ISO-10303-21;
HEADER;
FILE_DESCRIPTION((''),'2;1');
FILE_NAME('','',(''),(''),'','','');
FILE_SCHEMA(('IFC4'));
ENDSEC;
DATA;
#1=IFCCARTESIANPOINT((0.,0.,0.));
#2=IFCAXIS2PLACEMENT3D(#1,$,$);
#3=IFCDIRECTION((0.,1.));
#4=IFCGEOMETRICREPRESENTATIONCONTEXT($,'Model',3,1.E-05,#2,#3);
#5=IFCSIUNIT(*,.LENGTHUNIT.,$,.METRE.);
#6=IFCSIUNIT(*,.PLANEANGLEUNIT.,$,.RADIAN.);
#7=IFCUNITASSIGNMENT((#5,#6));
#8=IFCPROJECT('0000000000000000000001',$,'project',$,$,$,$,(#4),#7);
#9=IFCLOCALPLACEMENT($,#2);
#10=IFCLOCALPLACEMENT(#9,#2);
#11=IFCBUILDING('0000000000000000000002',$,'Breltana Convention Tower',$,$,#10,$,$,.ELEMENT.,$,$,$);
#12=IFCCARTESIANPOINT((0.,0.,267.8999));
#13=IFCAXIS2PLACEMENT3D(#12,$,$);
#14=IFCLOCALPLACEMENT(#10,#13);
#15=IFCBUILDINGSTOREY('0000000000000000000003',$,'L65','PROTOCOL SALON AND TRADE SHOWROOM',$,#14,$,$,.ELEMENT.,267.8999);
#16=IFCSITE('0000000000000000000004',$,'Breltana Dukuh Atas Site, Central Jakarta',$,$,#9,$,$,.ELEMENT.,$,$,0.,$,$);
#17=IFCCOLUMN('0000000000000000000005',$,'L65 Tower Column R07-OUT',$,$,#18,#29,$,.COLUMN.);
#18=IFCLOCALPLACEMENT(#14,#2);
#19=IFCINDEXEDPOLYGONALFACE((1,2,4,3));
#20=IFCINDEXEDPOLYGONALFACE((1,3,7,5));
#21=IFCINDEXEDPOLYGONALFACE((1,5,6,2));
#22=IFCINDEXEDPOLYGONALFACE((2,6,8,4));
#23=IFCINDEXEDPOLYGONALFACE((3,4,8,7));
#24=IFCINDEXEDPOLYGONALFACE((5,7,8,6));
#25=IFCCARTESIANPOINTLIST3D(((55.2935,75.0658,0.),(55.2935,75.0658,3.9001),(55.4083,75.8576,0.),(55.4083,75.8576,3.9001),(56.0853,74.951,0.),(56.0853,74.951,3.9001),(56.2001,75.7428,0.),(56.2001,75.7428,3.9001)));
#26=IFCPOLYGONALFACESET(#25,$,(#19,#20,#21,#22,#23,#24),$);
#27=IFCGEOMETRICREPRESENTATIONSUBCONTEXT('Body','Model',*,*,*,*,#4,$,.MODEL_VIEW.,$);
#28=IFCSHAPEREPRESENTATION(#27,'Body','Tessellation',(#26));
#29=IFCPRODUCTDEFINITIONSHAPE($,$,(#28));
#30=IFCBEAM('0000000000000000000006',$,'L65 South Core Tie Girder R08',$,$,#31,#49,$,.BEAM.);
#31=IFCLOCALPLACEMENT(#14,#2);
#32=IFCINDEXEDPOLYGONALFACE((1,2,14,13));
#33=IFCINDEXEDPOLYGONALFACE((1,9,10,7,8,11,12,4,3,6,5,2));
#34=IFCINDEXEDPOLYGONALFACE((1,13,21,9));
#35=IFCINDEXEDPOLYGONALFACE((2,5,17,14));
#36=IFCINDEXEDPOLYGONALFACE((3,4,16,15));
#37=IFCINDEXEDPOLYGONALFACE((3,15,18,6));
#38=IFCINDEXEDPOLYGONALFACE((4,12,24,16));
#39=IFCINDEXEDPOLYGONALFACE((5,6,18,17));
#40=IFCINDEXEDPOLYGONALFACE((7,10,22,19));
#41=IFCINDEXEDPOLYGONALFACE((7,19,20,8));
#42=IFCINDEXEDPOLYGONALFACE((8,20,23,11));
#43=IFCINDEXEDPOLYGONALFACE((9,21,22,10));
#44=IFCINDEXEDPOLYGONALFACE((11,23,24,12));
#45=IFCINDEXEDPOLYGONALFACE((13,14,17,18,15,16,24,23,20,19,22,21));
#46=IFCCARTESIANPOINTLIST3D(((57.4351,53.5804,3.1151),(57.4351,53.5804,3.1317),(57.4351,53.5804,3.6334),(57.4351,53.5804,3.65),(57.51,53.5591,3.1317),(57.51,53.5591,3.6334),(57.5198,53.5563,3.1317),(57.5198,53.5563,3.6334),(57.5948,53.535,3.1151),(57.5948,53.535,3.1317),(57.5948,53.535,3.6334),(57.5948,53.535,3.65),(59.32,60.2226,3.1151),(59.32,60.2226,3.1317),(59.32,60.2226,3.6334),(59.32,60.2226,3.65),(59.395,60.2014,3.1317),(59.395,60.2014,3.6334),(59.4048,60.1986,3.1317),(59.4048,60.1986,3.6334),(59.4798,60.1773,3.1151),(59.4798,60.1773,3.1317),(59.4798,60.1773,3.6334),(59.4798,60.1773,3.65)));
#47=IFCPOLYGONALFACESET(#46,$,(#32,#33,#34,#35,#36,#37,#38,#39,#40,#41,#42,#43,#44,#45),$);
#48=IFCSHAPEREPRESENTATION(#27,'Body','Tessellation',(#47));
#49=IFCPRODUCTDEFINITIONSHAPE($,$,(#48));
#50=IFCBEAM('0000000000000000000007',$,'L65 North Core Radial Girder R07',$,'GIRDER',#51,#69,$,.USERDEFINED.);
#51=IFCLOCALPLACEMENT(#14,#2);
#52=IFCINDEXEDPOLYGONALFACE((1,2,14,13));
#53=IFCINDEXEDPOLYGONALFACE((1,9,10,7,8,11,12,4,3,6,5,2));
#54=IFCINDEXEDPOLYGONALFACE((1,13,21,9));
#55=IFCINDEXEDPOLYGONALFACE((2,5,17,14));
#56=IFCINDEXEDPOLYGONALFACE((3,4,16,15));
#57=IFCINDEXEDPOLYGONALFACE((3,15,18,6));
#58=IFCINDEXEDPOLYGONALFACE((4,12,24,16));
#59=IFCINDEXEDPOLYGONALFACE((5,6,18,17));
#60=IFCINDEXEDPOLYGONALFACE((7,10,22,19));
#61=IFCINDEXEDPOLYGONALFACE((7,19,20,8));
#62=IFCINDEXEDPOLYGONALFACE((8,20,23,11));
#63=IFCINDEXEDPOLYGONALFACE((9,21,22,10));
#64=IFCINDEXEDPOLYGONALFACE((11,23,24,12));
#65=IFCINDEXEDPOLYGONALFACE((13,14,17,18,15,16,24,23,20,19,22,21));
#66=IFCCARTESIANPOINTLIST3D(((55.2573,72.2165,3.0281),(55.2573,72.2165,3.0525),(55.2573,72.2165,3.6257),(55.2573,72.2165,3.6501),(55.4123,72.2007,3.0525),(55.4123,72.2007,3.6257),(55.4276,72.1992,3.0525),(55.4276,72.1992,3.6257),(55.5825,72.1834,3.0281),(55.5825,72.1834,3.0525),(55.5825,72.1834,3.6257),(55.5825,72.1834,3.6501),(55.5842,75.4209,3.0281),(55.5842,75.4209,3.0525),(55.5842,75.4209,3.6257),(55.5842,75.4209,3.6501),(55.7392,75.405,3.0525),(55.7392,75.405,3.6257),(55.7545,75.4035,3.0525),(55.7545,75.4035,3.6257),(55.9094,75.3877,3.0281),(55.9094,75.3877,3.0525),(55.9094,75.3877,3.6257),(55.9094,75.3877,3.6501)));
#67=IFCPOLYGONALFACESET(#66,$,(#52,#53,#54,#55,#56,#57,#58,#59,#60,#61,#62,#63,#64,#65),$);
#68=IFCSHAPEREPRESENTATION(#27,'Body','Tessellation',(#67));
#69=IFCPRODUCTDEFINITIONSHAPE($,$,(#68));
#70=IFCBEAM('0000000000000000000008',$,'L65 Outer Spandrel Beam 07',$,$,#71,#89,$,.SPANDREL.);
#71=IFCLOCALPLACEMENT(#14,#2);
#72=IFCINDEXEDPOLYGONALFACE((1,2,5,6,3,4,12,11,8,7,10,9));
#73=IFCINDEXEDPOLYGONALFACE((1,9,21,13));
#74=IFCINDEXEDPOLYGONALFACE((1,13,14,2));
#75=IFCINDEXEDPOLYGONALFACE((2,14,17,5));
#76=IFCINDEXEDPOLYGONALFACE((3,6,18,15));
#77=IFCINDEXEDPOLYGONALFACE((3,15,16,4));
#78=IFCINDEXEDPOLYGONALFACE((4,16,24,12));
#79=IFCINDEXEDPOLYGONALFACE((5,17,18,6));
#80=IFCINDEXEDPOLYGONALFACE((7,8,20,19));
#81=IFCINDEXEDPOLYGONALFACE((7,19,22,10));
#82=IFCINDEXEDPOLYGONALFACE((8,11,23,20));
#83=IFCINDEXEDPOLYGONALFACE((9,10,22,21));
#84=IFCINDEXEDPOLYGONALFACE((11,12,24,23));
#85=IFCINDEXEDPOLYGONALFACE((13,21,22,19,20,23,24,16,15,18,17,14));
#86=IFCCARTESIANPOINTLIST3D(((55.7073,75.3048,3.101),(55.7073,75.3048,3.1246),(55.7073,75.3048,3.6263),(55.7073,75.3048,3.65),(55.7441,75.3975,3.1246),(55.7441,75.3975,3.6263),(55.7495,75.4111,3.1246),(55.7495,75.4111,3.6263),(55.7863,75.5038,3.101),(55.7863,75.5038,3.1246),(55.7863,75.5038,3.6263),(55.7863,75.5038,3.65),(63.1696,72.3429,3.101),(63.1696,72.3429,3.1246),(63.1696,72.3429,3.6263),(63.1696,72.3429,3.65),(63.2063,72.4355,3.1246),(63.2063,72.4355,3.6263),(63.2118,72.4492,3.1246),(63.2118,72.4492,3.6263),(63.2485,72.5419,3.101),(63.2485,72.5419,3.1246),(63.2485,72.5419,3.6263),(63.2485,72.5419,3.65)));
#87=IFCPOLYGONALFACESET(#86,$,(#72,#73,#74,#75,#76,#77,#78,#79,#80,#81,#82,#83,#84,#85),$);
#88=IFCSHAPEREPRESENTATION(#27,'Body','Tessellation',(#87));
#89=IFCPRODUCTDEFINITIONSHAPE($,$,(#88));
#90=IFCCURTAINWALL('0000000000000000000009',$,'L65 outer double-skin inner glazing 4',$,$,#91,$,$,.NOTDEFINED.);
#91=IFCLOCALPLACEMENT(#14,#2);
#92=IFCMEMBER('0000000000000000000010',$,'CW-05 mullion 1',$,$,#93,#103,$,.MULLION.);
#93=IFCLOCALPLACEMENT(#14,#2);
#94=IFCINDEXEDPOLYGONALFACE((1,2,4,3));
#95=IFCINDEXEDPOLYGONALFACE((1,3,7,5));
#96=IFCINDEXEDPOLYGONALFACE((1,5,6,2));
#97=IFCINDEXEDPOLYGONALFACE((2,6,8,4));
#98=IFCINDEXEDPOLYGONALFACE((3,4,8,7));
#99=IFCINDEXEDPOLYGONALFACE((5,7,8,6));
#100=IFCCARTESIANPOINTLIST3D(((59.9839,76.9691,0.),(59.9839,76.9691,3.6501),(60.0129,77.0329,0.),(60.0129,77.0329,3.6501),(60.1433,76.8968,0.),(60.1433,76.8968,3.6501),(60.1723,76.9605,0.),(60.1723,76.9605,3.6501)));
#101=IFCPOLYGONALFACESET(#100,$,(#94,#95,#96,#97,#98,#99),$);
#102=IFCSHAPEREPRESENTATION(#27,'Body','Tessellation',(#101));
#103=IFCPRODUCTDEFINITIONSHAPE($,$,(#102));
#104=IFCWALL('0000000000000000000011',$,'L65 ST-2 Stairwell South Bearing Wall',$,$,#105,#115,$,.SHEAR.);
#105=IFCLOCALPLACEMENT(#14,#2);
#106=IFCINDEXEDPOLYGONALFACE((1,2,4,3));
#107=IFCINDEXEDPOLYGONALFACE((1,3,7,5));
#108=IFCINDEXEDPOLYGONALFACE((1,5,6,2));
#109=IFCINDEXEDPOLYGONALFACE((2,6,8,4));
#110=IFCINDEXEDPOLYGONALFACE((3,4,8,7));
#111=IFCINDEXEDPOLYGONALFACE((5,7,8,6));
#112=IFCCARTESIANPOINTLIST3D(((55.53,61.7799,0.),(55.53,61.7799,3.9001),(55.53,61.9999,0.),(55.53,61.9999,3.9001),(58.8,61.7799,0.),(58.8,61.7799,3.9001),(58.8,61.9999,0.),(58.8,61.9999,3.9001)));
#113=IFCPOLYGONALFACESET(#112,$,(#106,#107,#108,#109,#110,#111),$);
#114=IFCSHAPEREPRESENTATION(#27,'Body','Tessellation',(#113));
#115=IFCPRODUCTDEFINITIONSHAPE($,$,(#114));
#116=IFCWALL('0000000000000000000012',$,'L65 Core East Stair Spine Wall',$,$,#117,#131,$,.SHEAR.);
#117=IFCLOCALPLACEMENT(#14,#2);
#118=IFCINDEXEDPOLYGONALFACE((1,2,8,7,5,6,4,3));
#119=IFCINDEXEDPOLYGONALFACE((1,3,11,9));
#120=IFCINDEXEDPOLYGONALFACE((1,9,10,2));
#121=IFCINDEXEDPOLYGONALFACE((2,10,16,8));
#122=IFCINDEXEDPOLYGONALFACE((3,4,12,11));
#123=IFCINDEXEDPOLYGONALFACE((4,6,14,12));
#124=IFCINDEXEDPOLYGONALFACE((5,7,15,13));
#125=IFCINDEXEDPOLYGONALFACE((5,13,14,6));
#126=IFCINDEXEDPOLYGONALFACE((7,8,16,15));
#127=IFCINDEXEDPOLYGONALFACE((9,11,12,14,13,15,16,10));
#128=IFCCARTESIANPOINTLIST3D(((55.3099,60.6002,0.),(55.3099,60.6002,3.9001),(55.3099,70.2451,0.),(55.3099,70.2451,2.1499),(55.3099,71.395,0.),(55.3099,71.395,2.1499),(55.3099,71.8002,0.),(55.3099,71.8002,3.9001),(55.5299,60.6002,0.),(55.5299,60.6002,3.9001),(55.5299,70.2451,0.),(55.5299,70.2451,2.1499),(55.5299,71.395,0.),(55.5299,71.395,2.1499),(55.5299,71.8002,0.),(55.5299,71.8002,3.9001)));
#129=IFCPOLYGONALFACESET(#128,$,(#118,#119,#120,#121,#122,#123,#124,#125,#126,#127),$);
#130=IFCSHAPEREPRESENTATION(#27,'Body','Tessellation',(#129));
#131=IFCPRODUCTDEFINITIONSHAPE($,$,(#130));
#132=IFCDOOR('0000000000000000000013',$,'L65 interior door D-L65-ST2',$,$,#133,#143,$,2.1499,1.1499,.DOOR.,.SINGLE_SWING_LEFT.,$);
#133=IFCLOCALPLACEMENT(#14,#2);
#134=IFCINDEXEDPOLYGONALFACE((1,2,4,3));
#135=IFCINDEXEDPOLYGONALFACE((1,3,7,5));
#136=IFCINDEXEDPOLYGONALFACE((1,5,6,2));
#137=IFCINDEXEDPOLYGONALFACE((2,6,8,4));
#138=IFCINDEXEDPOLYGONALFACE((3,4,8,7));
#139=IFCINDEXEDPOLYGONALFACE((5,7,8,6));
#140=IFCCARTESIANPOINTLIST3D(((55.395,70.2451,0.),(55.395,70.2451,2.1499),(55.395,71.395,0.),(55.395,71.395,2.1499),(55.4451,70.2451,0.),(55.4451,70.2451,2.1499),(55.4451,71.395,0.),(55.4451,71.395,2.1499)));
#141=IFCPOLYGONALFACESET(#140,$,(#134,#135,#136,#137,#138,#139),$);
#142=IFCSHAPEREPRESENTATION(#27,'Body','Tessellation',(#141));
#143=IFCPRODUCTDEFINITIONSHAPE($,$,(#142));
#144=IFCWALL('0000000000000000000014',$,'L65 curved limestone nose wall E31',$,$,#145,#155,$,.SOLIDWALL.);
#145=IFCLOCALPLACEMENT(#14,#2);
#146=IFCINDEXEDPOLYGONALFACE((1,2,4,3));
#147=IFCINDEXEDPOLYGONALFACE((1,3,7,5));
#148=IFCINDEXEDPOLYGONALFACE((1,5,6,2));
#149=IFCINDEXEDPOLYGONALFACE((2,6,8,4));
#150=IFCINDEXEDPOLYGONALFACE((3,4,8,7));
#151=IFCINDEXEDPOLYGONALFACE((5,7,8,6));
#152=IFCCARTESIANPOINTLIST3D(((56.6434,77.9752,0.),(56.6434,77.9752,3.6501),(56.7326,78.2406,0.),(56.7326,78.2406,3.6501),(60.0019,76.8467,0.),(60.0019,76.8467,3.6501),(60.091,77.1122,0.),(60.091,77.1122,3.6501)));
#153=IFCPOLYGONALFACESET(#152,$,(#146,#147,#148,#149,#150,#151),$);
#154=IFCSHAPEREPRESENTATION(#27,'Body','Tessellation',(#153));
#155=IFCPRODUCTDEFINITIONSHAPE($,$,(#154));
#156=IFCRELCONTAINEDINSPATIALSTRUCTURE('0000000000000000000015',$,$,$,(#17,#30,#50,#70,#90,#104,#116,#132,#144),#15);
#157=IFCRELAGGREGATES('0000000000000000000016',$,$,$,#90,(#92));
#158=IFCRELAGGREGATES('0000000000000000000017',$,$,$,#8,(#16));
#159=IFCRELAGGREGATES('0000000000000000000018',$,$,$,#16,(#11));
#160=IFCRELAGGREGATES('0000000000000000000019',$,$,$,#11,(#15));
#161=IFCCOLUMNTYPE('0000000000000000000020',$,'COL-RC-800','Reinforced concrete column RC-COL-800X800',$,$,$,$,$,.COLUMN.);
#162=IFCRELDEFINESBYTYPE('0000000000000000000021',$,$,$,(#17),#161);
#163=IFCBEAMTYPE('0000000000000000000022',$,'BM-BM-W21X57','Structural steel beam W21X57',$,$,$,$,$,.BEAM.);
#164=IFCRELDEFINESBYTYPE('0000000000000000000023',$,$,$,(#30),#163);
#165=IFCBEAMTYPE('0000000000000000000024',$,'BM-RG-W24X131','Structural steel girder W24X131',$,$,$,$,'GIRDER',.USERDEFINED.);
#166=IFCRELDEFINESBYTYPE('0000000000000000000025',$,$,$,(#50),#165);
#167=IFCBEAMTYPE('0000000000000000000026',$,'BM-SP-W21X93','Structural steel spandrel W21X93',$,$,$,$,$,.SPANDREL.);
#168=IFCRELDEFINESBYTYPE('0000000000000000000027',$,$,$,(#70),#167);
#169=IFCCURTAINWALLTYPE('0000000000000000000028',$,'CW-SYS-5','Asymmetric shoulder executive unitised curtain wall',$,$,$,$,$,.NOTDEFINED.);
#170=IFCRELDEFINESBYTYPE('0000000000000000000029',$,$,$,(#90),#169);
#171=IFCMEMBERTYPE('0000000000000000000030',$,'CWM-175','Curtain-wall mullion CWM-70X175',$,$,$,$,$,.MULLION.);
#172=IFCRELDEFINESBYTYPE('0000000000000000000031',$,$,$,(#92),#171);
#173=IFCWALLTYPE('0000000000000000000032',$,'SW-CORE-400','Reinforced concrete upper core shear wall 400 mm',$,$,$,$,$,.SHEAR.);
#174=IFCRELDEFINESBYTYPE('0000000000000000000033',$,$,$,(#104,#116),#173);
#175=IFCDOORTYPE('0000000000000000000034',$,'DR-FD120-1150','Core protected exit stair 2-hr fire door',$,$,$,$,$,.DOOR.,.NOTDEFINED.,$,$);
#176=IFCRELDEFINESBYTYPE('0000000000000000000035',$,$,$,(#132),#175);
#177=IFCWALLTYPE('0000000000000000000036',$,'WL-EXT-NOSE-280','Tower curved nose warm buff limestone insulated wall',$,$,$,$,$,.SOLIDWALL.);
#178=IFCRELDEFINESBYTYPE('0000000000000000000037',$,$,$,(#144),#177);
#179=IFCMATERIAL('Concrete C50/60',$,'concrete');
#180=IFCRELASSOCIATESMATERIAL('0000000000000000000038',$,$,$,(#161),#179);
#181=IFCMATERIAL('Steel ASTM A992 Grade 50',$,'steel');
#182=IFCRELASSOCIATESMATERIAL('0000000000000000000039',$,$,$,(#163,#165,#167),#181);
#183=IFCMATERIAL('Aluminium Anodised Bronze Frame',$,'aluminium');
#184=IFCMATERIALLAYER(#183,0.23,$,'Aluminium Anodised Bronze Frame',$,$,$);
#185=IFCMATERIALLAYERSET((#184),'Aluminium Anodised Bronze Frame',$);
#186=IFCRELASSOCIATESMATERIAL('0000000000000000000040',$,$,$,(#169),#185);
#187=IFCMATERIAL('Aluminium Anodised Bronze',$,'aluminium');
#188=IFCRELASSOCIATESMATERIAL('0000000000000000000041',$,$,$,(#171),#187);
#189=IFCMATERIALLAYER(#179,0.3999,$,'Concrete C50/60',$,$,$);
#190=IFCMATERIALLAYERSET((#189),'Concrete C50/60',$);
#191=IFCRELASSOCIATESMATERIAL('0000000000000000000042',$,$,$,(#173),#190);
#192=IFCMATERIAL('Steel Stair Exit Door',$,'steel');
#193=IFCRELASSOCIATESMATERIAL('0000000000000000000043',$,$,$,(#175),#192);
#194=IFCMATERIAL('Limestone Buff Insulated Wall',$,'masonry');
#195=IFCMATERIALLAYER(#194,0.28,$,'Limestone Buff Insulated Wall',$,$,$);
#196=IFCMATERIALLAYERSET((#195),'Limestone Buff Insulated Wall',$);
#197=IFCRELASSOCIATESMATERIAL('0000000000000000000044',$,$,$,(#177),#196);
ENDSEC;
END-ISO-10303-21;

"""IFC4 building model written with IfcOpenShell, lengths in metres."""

from ifc_helpers import new_model, si_unit, direction, frame, frame_2d, origin, origin_2d, place, context, subcontext, project, spatial, rectangle, i_section, extrude, source, transform, mapped, material, layer, layer_set, material_profile, profile_set, type_object, type_shapes, element, fill, aggregate, save


model = new_model("IFC4")

# Units and contexts
model_context = context("Model", 3, precision=1e-05, world=origin(), true_north=direction((0.0, 1.0)))
body_context = subcontext(model_context, "Body", "Model", "MODEL_VIEW")
ifc_project = project(units=[si_unit("LENGTHUNIT", "METRE"), si_unit("PLANEANGLEUNIT", "RADIAN")], contexts=[model_context])

# Site, building, storey
site_placement = place(None, origin())
site = spatial("IfcSite", under=ifc_project, at=site_placement, Name="Breltana Dukuh Atas Site, Central Jakarta", CompositionType="ELEMENT", RefElevation=0.0)
building_placement = place(site_placement, origin())
building = spatial("IfcBuilding", under=site, at=building_placement, Name="Breltana Convention Tower", CompositionType="ELEMENT")
storey_placement = place(building_placement, frame((0.0, 0.0, 267.8999)))
storey = spatial("IfcBuildingStorey", under=building, at=storey_placement, Name="L65", Description="PROTOCOL SALON AND TRADE SHOWROOM", CompositionType="ELEMENT", Elevation=267.8999)

# Column
ifc_material_1 = material(Name="Concrete C50/60", Category="concrete")
ifc_material_profile_1 = material_profile(ifc_material_1, rectangle(XDim=0.8, YDim=0.8, at=origin_2d()), Name="RC-COL-800X800")
ifc_profile_set_1 = profile_set([ifc_material_profile_1], Name="Concrete C50/60")
column_type = type_object("IfcColumnType", Name="COL-RC-800", Description="Reinforced concrete column RC-COL-800X800", PredefinedType="COLUMN", material=ifc_profile_set_1)
shared_shape_1 = source(origin(), body_context, "Body", "SweptSolid", [
    extrude(rectangle(XDim=0.8, YDim=0.8, at=origin_2d()), origin(), (0.0, 0.0, 1.0), 3.9001),
])
column_placement = place(storey_placement, frame((55.7468, 75.4043, 0.0), z_axis=(0.0, 0.0, 1.0), x_axis=(0.143493, 0.989651, 0.0)))
element("IfcColumn", 1, at=column_placement, inside=storey, type_object=column_type, Name="L65 Tower Column R07-OUT", PredefinedType="COLUMN", context=body_context, shape_type="MappedRepresentation", body=[
    mapped(shared_shape_1, transform((0.0, 0.0, 0.0), scale=1.0)),
])

# Beams
ifc_material_2 = material(Name="Steel ASTM A992 Grade 50", Category="steel")
ifc_material_profile_2 = material_profile(ifc_material_2, i_section(OverallWidth=0.166, OverallDepth=0.5349, WebThickness=0.0103, FlangeThickness=0.0166, at=origin_2d()), Name="W21X57")
ifc_profile_set_2 = profile_set([ifc_material_profile_2], Name="Steel ASTM A992 Grade 50")
beam_type_1 = type_object("IfcBeamType", Name="BM-BM-W21X57", Description="Structural steel beam W21X57", PredefinedType="BEAM", material=ifc_profile_set_2)
shared_shape_2 = source(origin(), body_context, "Body", "SweptSolid", [
    extrude(i_section(OverallWidth=0.166, OverallDepth=0.5349, WebThickness=0.0103, FlangeThickness=0.0166, at=origin_2d()), origin(), (0.0, 0.0, 1.0), 6.9045),
])
type_shapes(beam_type_1, [shared_shape_2])
beam_1_placement = place(storey_placement, frame((59.3999, 60.2, 3.3826), z_axis=(-0.273007, -0.962012, 0.0), x_axis=(0.962012, -0.273007, 0.0)))
element("IfcBeam", 2, at=beam_1_placement, inside=storey, type_object=beam_type_1, Name="L65 South Core Tie Girder R08", PredefinedType="BEAM", context=body_context, shape_type="MappedRepresentation", body=[
    mapped(shared_shape_2, transform((0.0, 0.0, 0.0), scale=1.0)),
])
ifc_material_profile_3 = material_profile(ifc_material_2, i_section(OverallWidth=0.3269, OverallDepth=0.6221, WebThickness=0.0154, FlangeThickness=0.0244, at=origin_2d()), Name="W24X131")
ifc_profile_set_3 = profile_set([ifc_material_profile_3], Name="Steel ASTM A992 Grade 50")
beam_type_2 = type_object("IfcBeamType", Name="BM-RG-W24X131", Description="Structural steel girder W24X131", ElementType="GIRDER", PredefinedType="USERDEFINED", material=ifc_profile_set_3)
shared_shape_3 = source(origin(), body_context, "Body", "SweptSolid", [
    extrude(i_section(OverallWidth=0.3269, OverallDepth=0.6221, WebThickness=0.0154, FlangeThickness=0.0244, at=origin_2d()), origin(), (0.0, 0.0, 1.0), 3.2209),
])
beam_2_placement = place(storey_placement, frame((55.4199, 72.2, 3.3391), z_axis=(0.101492, 0.994836, 0.0), x_axis=(-0.994836, 0.101492, 0.0)))
element("IfcBeam", 3, at=beam_2_placement, inside=storey, type_object=beam_type_2, Name="L65 North Core Radial Girder R07", ObjectType="GIRDER", PredefinedType="USERDEFINED", context=body_context, shape_type="MappedRepresentation", body=[
    mapped(shared_shape_3, transform((0.0, 0.0, 0.0), scale=1.0)),
])
ifc_material_profile_4 = material_profile(ifc_material_2, i_section(OverallWidth=0.2141, OverallDepth=0.5491, WebThickness=0.0146, FlangeThickness=0.0237, at=origin_2d()), Name="W21X93")
ifc_profile_set_4 = profile_set([ifc_material_profile_4], Name="Steel ASTM A992 Grade 50")
beam_type_3 = type_object("IfcBeamType", Name="BM-SP-W21X93", Description="Structural steel spandrel W21X93", PredefinedType="SPANDREL", material=ifc_profile_set_4)
shared_shape_4 = source(origin(), body_context, "Body", "SweptSolid", [
    extrude(i_section(OverallWidth=0.2141, OverallDepth=0.5491, WebThickness=0.0146, FlangeThickness=0.0237, at=origin_2d()), origin(), (0.0, 0.0, 1.0), 8.0286),
])
beam_3_placement = place(storey_placement, frame((55.7468, 75.4043, 3.3755), z_axis=(0.929459, -0.368925, 0.0), x_axis=(0.368925, 0.929459, 0.0)))
element("IfcBeam", 4, at=beam_3_placement, inside=storey, type_object=beam_type_3, Name="L65 Outer Spandrel Beam 07", PredefinedType="SPANDREL", context=body_context, shape_type="MappedRepresentation", body=[
    mapped(shared_shape_4, transform((0.0, 0.0, 0.0), scale=1.0)),
])

# Curtain wall, member
ifc_material_3 = material(Name="Aluminium Anodised Bronze Frame", Category="aluminium")
ifc_layer_1 = layer(ifc_material_3, 0.23, Name="Aluminium Anodised Bronze Frame")
ifc_layer_set_1 = layer_set([ifc_layer_1], Name="Aluminium Anodised Bronze Frame")
curtain_wall_type = type_object("IfcCurtainWallType", Name="CW-SYS-5", Description="Asymmetric shoulder executive unitised curtain wall", PredefinedType="NOTDEFINED", material=ifc_layer_set_1)
curtain_wall_placement = place(storey_placement, origin())
curtain_wall = element("IfcCurtainWall", 5, at=curtain_wall_placement, inside=storey, type_object=curtain_wall_type, Name="L65 outer double-skin inner glazing 4", PredefinedType="NOTDEFINED")
ifc_material_4 = material(Name="Aluminium Anodised Bronze", Category="aluminium")
ifc_material_profile_5 = material_profile(ifc_material_4, rectangle(XDim=0.0701, YDim=0.175, at=origin_2d()), Name="CWM-70X175")
ifc_profile_set_5 = profile_set([ifc_material_profile_5], Name="Aluminium Anodised Bronze")
member_type = type_object("IfcMemberType", Name="CWM-175", Description="Curtain-wall mullion CWM-70X175", PredefinedType="MULLION", material=ifc_profile_set_5)
shared_shape_5 = source(origin(), body_context, "Body", "SweptSolid", [
    extrude(rectangle(XDim=0.0701, YDim=0.175, at=origin_2d()), origin(), (0.0, 0.0, 1.0), 3.6501),
])
member_placement = place(storey_placement, frame((60.0781, 76.9648, 0.0), z_axis=(0.0, 0.0, 1.0), x_axis=(0.413537, 0.910487, 0.0)))
member = element("IfcMember", 6, at=member_placement, type_object=member_type, Name="CW-05 mullion 1", PredefinedType="MULLION", context=body_context, shape_type="MappedRepresentation", body=[
    mapped(shared_shape_5, transform((0.0, 0.0, 0.0), scale=1.0)),
])
aggregate(curtain_wall, [member])

# Wall
ifc_layer_2 = layer(ifc_material_1, 0.3999, Name="Concrete C50/60")
ifc_layer_set_2 = layer_set([ifc_layer_2], Name="Concrete C50/60")
wall_type_1 = type_object("IfcWallType", Name="SW-CORE-400", Description="Reinforced concrete upper core shear wall 400 mm", PredefinedType="SHEAR", material=ifc_layer_set_2)
shared_shape_6 = source(origin(), body_context, "Body", "SweptSolid", [
    extrude(rectangle(XDim=3.27, YDim=0.22, at=frame_2d((1.635, 0.0))), origin(), (0.0, 0.0, 1.0), 3.9001),
])
wall_1_placement = place(storey_placement, frame((55.53, 61.8899, 0.0), z_axis=(0.0, 0.0, 1.0), x_axis=(1.0, 0.0, 0.0)))
element("IfcWall", 7, at=wall_1_placement, inside=storey, type_object=wall_type_1, Name="L65 ST-2 Stairwell South Bearing Wall", PredefinedType="SHEAR", context=body_context, shape_type="MappedRepresentation", body=[
    mapped(shared_shape_6, transform((0.0, 0.0, 0.0), scale=1.0)),
])

# Wall, opening, door
shared_shape_7 = source(origin(), body_context, "Body", "SweptSolid", [
    extrude(rectangle(XDim=11.2, YDim=0.22, at=frame_2d((5.6001, 0.0))), origin(), (0.0, 0.0, 1.0), 3.9001),
])
wall_2_placement = place(storey_placement, frame((55.4199, 60.6001, 0.0), z_axis=(0.0, 0.0, 1.0), x_axis=(0.0, 1.0, 0.0)))
wall_2 = element("IfcWall", 8, at=wall_2_placement, inside=storey, type_object=wall_type_1, Name="L65 Core East Stair Spine Wall", PredefinedType="SHEAR", context=body_context, shape_type="MappedRepresentation", body=[
    mapped(shared_shape_7, transform((0.0, 0.0, 0.0), scale=1.0)),
])
opening_placement = place(wall_2_placement, frame((9.645, 0.0, 0.0)))
opening = element("IfcOpeningElement", 9, at=opening_placement, cuts=wall_2, PredefinedType="OPENING", context=body_context, shape_type="SweptSolid", body=[
    extrude(rectangle(XDim=1.1499, YDim=2.1499, at=frame_2d((0.575, 1.075))), frame((0.0, 0.1201, 0.0), z_axis=(0.0, -1.0, 0.0), x_axis=(1.0, 0.0, 0.0)), (0.0, 0.0, 1.0), 0.24),
])
ifc_material_5 = material(Name="Steel Stair Exit Door", Category="steel")
door_type = type_object("IfcDoorType", Name="DR-FD120-1150", Description="Core protected exit stair 2-hr fire door", OperationType="NOTDEFINED", PredefinedType="DOOR", material=ifc_material_5)
shared_shape_8 = source(origin(), body_context, "Body", "SweptSolid", [
    extrude(rectangle(XDim=1.1499, YDim=2.1499, at=frame_2d((0.575, 1.075))), frame((0.0, 0.0249, 0.0), z_axis=(0.0, -1.0, 0.0), x_axis=(1.0, 0.0, 0.0)), (0.0, 0.0, 1.0), 0.05),
])
type_shapes(door_type, [shared_shape_8])
door_placement = place(opening_placement, origin())
door = element("IfcDoor", 10, at=door_placement, inside=storey, type_object=door_type, Name="L65 interior door D-L65-ST2", OperationType="SINGLE_SWING_LEFT", OverallHeight=2.1499, OverallWidth=1.1499, PredefinedType="DOOR", context=body_context, shape_type="MappedRepresentation", body=[
    mapped(shared_shape_8, transform((0.0, 0.0, 0.0), scale=1.0)),
])
fill(opening, door)

# Wall
ifc_material_6 = material(Name="Limestone Buff Insulated Wall", Category="masonry")
ifc_layer_3 = layer(ifc_material_6, 0.28, Name="Limestone Buff Insulated Wall")
ifc_layer_set_3 = layer_set([ifc_layer_3], Name="Limestone Buff Insulated Wall")
wall_type_2 = type_object("IfcWallType", Name="WL-EXT-NOSE-280", Description="Tower curved nose warm buff limestone insulated wall", PredefinedType="SOLIDWALL", material=ifc_layer_set_3)
shared_shape_9 = source(origin(), body_context, "Body", "SweptSolid", [
    extrude(rectangle(XDim=3.543, YDim=0.28, at=frame_2d((1.7715, 0.0))), origin(), (0.0, 0.0, 1.0), 3.6501),
])
wall_3_placement = place(storey_placement, frame((56.688, 78.1079, 0.0), z_axis=(0.0, 0.0, 1.0), x_axis=(0.947923, -0.318501, 0.0)))
element("IfcWall", 11, at=wall_3_placement, inside=storey, type_object=wall_type_2, Name="L65 curved limestone nose wall E31", PredefinedType="SOLIDWALL", context=body_context, shape_type="MappedRepresentation", body=[
    mapped(shared_shape_9, transform((0.0, 0.0, 0.0), scale=1.0)),
])

save(model, "model.ifc")
